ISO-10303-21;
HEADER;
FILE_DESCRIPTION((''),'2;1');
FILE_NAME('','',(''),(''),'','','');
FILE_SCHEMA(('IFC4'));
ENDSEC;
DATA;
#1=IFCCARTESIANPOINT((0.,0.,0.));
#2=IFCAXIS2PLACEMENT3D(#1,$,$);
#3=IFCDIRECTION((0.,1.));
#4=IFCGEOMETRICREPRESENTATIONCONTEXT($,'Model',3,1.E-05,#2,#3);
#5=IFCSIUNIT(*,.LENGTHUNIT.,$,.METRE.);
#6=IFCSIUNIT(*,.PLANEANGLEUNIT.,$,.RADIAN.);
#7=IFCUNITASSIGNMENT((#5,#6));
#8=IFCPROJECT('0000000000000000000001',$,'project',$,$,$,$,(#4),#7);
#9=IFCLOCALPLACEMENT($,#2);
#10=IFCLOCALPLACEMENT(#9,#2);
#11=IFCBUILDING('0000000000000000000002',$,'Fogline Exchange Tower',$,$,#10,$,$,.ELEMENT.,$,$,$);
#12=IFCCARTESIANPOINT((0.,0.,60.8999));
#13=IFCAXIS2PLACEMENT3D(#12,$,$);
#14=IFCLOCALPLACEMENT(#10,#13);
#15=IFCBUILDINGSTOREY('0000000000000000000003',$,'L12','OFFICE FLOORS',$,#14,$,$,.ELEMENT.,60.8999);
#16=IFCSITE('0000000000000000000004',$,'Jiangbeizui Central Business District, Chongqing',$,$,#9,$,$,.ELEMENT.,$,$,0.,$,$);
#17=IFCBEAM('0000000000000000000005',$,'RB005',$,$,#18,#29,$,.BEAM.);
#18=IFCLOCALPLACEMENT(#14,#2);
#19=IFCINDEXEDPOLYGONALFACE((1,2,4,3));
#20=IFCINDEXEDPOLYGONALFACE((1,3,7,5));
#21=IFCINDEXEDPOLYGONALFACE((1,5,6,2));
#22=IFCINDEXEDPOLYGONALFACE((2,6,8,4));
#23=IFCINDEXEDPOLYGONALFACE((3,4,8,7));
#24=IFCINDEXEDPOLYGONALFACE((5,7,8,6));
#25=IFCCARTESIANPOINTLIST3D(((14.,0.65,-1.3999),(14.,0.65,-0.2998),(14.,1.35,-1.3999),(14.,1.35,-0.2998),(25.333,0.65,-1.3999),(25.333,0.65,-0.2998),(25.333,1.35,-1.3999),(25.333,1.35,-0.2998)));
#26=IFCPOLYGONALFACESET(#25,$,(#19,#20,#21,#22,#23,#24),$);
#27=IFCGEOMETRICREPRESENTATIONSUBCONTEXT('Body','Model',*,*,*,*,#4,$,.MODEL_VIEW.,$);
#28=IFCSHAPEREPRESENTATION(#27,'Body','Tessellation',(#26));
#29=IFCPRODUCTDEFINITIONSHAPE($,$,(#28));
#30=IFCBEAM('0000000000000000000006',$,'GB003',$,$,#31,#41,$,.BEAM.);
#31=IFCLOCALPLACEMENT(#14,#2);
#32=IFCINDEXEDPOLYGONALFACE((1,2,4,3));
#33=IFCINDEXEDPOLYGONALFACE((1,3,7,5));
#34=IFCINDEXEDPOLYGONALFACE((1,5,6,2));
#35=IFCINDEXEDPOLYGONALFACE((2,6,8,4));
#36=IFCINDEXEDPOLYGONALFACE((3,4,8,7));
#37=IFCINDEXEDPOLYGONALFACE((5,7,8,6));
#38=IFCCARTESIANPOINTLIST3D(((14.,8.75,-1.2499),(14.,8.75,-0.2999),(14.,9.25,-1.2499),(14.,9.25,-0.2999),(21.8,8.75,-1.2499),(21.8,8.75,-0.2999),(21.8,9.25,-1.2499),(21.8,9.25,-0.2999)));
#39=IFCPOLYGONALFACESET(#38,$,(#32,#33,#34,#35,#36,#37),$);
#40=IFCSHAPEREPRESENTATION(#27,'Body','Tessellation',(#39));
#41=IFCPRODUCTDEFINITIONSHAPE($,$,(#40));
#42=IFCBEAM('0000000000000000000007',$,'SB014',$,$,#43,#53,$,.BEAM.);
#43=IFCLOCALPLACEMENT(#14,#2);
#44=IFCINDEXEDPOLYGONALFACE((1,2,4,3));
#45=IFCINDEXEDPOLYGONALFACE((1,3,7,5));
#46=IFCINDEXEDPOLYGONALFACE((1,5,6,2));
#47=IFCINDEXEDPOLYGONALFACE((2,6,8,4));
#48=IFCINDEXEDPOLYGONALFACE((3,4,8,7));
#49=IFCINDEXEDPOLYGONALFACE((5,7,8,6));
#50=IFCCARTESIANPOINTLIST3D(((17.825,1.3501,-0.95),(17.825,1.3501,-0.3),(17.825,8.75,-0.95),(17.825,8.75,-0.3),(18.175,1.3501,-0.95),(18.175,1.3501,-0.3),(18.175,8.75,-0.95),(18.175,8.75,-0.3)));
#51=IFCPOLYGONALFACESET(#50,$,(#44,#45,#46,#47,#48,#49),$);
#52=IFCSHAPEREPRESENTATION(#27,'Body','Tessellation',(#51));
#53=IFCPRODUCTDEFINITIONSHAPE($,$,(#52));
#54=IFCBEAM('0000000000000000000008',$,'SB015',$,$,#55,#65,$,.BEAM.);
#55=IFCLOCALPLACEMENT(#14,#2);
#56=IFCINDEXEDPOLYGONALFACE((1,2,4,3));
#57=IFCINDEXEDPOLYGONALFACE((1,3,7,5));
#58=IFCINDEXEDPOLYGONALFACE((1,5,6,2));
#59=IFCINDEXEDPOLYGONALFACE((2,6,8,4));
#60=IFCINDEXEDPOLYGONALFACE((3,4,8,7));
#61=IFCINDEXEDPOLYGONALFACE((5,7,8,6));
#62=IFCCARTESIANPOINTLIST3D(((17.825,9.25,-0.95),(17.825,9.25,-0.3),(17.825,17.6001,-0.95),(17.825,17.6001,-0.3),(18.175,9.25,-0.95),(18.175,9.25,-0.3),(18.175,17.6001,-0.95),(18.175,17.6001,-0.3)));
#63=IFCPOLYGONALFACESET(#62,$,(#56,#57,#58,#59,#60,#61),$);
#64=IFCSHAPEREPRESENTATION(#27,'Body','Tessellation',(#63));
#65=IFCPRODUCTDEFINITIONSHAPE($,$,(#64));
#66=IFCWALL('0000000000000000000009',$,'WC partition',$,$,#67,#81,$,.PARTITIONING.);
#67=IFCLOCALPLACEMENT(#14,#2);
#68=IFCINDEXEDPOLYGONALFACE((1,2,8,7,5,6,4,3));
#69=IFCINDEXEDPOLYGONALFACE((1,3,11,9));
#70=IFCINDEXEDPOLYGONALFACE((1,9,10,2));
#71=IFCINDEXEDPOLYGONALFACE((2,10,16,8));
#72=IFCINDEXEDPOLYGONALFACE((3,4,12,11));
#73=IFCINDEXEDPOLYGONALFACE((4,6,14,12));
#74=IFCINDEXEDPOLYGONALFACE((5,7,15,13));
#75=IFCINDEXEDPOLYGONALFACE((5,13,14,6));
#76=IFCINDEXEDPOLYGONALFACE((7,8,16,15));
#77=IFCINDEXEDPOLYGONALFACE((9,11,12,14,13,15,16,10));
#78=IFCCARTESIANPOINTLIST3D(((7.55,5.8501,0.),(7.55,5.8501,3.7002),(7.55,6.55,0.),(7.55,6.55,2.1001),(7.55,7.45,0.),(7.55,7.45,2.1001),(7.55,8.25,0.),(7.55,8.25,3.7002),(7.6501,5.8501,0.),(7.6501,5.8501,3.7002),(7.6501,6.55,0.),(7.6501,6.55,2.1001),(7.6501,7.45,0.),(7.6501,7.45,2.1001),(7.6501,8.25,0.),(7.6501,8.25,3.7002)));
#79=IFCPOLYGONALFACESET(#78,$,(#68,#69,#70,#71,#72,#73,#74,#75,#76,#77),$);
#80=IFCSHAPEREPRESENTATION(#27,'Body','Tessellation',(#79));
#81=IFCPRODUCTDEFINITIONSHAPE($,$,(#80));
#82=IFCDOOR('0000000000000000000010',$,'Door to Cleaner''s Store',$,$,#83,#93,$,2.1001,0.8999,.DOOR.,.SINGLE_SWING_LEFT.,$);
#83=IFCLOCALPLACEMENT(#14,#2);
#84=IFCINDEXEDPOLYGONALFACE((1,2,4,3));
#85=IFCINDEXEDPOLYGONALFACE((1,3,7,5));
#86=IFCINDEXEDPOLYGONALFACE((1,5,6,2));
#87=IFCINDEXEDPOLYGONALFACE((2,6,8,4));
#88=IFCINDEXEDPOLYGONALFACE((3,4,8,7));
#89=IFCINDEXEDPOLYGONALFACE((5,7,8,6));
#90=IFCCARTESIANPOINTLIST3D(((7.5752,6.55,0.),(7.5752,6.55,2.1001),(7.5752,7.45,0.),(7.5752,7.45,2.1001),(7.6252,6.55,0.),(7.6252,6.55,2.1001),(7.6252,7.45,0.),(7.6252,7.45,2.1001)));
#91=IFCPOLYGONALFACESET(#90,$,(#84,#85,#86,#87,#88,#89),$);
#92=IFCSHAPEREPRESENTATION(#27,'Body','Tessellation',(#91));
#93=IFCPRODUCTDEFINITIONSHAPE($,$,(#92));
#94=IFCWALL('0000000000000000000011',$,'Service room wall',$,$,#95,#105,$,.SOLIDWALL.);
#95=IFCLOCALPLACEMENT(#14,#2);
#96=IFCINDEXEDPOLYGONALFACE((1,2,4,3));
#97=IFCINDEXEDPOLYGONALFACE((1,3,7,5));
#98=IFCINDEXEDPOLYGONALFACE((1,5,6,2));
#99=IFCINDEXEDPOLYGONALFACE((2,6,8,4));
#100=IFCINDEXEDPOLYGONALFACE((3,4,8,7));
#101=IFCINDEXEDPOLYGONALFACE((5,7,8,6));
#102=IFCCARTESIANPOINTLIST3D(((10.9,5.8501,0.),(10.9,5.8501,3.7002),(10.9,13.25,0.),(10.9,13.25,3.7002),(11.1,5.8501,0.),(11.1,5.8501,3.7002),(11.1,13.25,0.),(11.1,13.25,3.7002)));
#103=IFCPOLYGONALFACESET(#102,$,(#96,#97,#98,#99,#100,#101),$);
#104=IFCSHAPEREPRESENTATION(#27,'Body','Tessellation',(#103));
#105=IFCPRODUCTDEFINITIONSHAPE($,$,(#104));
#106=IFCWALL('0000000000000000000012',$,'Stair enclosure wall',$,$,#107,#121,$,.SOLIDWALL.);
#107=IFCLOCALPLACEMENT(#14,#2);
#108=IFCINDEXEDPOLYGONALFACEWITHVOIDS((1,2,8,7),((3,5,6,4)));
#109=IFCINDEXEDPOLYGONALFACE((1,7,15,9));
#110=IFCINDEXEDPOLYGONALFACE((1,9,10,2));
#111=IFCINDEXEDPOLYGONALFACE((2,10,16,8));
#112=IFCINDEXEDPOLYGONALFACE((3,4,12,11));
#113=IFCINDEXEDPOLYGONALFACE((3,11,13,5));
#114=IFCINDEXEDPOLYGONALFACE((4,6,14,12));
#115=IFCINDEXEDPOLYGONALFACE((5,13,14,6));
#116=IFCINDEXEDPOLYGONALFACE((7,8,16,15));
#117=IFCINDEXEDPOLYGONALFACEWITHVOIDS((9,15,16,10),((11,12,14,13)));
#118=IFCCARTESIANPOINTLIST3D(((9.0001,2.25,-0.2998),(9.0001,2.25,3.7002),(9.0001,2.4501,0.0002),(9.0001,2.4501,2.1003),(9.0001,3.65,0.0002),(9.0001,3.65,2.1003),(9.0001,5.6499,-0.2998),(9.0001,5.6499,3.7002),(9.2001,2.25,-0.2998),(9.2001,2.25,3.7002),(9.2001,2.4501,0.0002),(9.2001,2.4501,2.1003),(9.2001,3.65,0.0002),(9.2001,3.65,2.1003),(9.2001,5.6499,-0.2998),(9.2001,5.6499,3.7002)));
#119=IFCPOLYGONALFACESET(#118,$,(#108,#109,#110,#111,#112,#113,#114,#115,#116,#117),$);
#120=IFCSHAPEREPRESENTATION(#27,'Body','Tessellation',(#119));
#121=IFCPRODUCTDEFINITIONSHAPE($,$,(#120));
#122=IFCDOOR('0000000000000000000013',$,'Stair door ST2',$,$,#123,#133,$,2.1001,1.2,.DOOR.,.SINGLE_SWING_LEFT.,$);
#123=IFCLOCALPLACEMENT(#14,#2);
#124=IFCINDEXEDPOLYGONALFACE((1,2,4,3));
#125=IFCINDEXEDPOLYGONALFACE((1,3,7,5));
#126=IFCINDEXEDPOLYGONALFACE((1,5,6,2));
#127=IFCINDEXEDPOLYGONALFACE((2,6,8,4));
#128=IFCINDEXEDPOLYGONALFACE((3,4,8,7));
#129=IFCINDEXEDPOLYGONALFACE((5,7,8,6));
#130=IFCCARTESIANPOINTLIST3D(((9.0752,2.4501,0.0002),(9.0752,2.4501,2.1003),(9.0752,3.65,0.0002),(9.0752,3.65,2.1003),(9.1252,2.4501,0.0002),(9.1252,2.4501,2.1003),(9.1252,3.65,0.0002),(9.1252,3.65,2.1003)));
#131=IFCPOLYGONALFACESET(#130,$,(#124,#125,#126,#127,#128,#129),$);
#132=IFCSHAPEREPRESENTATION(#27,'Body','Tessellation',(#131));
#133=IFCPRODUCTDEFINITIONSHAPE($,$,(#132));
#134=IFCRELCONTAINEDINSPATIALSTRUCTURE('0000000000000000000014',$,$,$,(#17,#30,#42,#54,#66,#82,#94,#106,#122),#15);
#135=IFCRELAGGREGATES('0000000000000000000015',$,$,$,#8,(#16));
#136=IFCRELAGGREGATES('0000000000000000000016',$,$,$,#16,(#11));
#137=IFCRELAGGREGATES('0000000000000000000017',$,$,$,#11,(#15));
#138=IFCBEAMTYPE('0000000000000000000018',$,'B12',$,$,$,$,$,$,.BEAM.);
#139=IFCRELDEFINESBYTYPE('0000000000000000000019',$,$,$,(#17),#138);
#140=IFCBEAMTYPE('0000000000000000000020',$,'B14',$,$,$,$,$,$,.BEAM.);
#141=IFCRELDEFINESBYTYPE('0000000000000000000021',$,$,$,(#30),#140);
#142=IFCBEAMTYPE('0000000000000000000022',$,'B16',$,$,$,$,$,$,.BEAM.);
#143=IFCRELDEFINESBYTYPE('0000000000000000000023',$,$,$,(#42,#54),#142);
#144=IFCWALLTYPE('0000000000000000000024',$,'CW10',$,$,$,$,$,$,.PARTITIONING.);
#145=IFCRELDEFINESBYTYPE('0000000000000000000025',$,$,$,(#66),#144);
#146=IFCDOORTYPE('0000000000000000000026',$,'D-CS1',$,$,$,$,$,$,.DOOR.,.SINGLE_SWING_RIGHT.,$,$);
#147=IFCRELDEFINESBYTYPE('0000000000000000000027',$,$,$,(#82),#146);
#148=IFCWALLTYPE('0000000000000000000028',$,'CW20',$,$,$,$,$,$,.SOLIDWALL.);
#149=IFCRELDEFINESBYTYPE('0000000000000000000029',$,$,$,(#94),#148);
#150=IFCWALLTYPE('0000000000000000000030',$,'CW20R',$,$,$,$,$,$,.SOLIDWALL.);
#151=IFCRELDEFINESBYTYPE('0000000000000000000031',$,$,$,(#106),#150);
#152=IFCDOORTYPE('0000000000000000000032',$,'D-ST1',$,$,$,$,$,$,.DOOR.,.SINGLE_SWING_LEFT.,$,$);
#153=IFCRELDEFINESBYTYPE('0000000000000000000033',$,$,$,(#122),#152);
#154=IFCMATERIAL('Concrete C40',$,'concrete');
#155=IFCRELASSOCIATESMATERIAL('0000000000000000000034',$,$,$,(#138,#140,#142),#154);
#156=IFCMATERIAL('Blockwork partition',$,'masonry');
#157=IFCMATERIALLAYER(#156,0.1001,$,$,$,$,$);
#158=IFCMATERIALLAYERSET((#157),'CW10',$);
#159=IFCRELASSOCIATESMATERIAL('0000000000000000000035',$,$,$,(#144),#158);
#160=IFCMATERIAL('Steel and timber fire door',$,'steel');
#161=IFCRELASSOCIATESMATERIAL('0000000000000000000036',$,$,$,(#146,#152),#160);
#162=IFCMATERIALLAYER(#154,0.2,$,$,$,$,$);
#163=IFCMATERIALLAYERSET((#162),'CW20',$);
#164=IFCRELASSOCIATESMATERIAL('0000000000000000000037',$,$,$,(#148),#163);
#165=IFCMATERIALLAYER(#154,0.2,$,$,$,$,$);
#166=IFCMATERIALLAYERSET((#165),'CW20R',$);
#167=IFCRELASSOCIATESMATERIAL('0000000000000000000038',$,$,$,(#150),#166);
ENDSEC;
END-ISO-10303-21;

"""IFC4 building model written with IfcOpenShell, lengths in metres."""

from ifc_helpers import new_model, si_unit, direction, frame, frame_2d, origin, origin_2d, place, context, subcontext, project, spatial, rectangle, extrude, material, layer, layer_set, material_profile, profile_set, type_object, element, fill, save


model = new_model("IFC4")

# Units and contexts
model_context = context("Model", 3, precision=1e-05, world=origin(), true_north=direction((0.0, 1.0)))
body_context = subcontext(model_context, "Body", "Model", "MODEL_VIEW")
ifc_project = project(units=[si_unit("LENGTHUNIT", "METRE"), si_unit("PLANEANGLEUNIT", "RADIAN")], contexts=[model_context])

# Site, building, storey
site_placement = place(None, origin())
site = spatial("IfcSite", under=ifc_project, at=site_placement, Name="Jiangbeizui Central Business District, Chongqing", CompositionType="ELEMENT", RefElevation=0.0)
building_placement = place(site_placement, origin())
building = spatial("IfcBuilding", under=site, at=building_placement, Name="Fogline Exchange Tower", CompositionType="ELEMENT")
storey_placement = place(building_placement, frame((0.0, 0.0, 60.8999)))
storey = spatial("IfcBuildingStorey", under=building, at=storey_placement, Name="L12", Description="OFFICE FLOORS", CompositionType="ELEMENT", Elevation=60.8999)

# Beams
ifc_material_1 = material(Name="Concrete C40", Category="concrete")
ifc_material_profile_1 = material_profile(ifc_material_1, rectangle(XDim=0.7, YDim=1.1001, at=origin_2d()), Name="RC 700x1100")
ifc_profile_set_1 = profile_set([ifc_material_profile_1], Name="Concrete C40")
beam_type_1 = type_object("IfcBeamType", Name="B12", PredefinedType="BEAM", material=ifc_profile_set_1)
beam_1_placement = place(storey_placement, frame((14.0, 1.0, -0.8499), z_axis=(1.0, 0.0, 0.0), x_axis=(0.0, 1.0, 0.0)))
element("IfcBeam", 1, at=beam_1_placement, inside=storey, type_object=beam_type_1, Name="RB005", PredefinedType="BEAM", context=body_context, shape_type="SweptSolid", body=[
    extrude(rectangle(XDim=0.7, YDim=1.1001, at=origin_2d()), origin(), (0.0, 0.0, 1.0), 11.333),
])
ifc_material_profile_2 = material_profile(ifc_material_1, rectangle(XDim=0.5, YDim=0.95, at=origin_2d()), Name="RC 500x950")
ifc_profile_set_2 = profile_set([ifc_material_profile_2], Name="Concrete C40")
beam_type_2 = type_object("IfcBeamType", Name="B14", PredefinedType="BEAM", material=ifc_profile_set_2)
beam_2_placement = place(storey_placement, frame((14.0, 9.0, -0.7749), z_axis=(1.0, 0.0, 0.0), x_axis=(0.0, 1.0, 0.0)))
element("IfcBeam", 2, at=beam_2_placement, inside=storey, type_object=beam_type_2, Name="GB003", PredefinedType="BEAM", context=body_context, shape_type="SweptSolid", body=[
    extrude(rectangle(XDim=0.5, YDim=0.95, at=origin_2d()), origin(), (0.0, 0.0, 1.0), 7.8),
])
ifc_material_profile_3 = material_profile(ifc_material_1, rectangle(XDim=0.3501, YDim=0.6499, at=origin_2d()), Name="RC 350x650")
ifc_profile_set_3 = profile_set([ifc_material_profile_3], Name="Concrete C40")
beam_type_3 = type_object("IfcBeamType", Name="B16", PredefinedType="BEAM", material=ifc_profile_set_3)
beam_3_placement = place(storey_placement, frame((18.0, 1.3501, -0.625), z_axis=(0.0, 1.0, 0.0), x_axis=(-1.0, 0.0, 0.0)))
element("IfcBeam", 3, at=beam_3_placement, inside=storey, type_object=beam_type_3, Name="SB014", PredefinedType="BEAM", context=body_context, shape_type="SweptSolid", body=[
    extrude(rectangle(XDim=0.3501, YDim=0.6499, at=origin_2d()), origin(), (0.0, 0.0, 1.0), 7.3999),
])
beam_4_placement = place(storey_placement, frame((18.0, 9.25, -0.625), z_axis=(0.0, 1.0, 0.0), x_axis=(-1.0, 0.0, 0.0)))
element("IfcBeam", 4, at=beam_4_placement, inside=storey, type_object=beam_type_3, Name="SB015", PredefinedType="BEAM", context=body_context, shape_type="SweptSolid", body=[
    extrude(rectangle(XDim=0.3501, YDim=0.6499, at=origin_2d()), origin(), (0.0, 0.0, 1.0), 8.3501),
])

# Wall, opening, door
ifc_material_2 = material(Name="Blockwork partition", Category="masonry")
ifc_layer_1 = layer(ifc_material_2, 0.1001)
ifc_layer_set_1 = layer_set([ifc_layer_1], Name="CW10")
wall_type_1 = type_object("IfcWallType", Name="CW10", PredefinedType="PARTITIONING", material=ifc_layer_set_1)
wall_1_placement = place(storey_placement, frame((7.6001, 5.8501, 0.0), z_axis=(0.0, 0.0, 1.0), x_axis=(0.0, 1.0, 0.0)))
wall_1 = element("IfcWall", 5, at=wall_1_placement, inside=storey, type_object=wall_type_1, Name="WC partition", PredefinedType="PARTITIONING", context=body_context, shape_type="SweptSolid", body=[
    extrude(rectangle(XDim=2.3999, YDim=0.1001, at=frame_2d((1.2, 0.0))), origin(), (0.0, 0.0, 1.0), 3.7002),
])
opening_1_placement = place(wall_1_placement, frame((0.7, 0.0, 0.0)))
opening_1 = element("IfcOpeningElement", 6, at=opening_1_placement, cuts=wall_1, PredefinedType="OPENING", context=body_context, shape_type="SweptSolid", body=[
    extrude(rectangle(XDim=0.8999, YDim=2.1001, at=frame_2d((0.45, 1.05))), frame((0.0, 0.0601, 0.0), z_axis=(0.0, -1.0, 0.0), x_axis=(1.0, 0.0, 0.0)), (0.0, 0.0, 1.0), 0.1201),
])
ifc_material_3 = material(Name="Steel and timber fire door", Category="steel")
door_type_1 = type_object("IfcDoorType", Name="D-CS1", OperationType="SINGLE_SWING_RIGHT", PredefinedType="DOOR", material=ifc_material_3)
door_1_placement = place(opening_1_placement, origin())
door_1 = element("IfcDoor", 7, at=door_1_placement, inside=storey, type_object=door_type_1, Name="Door to Cleaner's Store", OperationType="SINGLE_SWING_LEFT", OverallHeight=2.1001, OverallWidth=0.8999, PredefinedType="DOOR", context=body_context, shape_type="SweptSolid", body=[
    extrude(rectangle(XDim=0.8999, YDim=2.1001, at=frame_2d((0.45, 1.05))), frame((0.0, 0.0249, 0.0), z_axis=(0.0, -1.0, 0.0), x_axis=(1.0, 0.0, 0.0)), (0.0, 0.0, 1.0), 0.05),
])
fill(opening_1, door_1)

# Wall
ifc_layer_2 = layer(ifc_material_1, 0.2)
ifc_layer_set_2 = layer_set([ifc_layer_2], Name="CW20")
wall_type_2 = type_object("IfcWallType", Name="CW20", PredefinedType="SOLIDWALL", material=ifc_layer_set_2)
wall_2_placement = place(storey_placement, frame((11.0, 5.8501, 0.0), z_axis=(0.0, 0.0, 1.0), x_axis=(0.0, 1.0, 0.0)))
element("IfcWall", 8, at=wall_2_placement, inside=storey, type_object=wall_type_2, Name="Service room wall", PredefinedType="SOLIDWALL", context=body_context, shape_type="SweptSolid", body=[
    extrude(rectangle(XDim=7.3999, YDim=0.2, at=frame_2d((3.7, 0.0))), origin(), (0.0, 0.0, 1.0), 3.7002),
])

# Wall, opening, door
ifc_layer_3 = layer(ifc_material_1, 0.2)
ifc_layer_set_3 = layer_set([ifc_layer_3], Name="CW20R")
wall_type_3 = type_object("IfcWallType", Name="CW20R", PredefinedType="SOLIDWALL", material=ifc_layer_set_3)
wall_3_placement = place(storey_placement, frame((9.1001, 2.25, -0.2998), z_axis=(0.0, 0.0, 1.0), x_axis=(0.0, 1.0, 0.0)))
wall_3 = element("IfcWall", 9, at=wall_3_placement, inside=storey, type_object=wall_type_3, Name="Stair enclosure wall", PredefinedType="SOLIDWALL", context=body_context, shape_type="SweptSolid", body=[
    extrude(rectangle(XDim=3.3999, YDim=0.2, at=frame_2d((1.7, 0.0))), origin(), (0.0, 0.0, 1.0), 4.0),
])
opening_2_placement = place(wall_3_placement, frame((0.2, 0.0, 0.3)))
opening_2 = element("IfcOpeningElement", 10, at=opening_2_placement, cuts=wall_3, PredefinedType="OPENING", context=body_context, shape_type="SweptSolid", body=[
    extrude(rectangle(XDim=1.2, YDim=2.1001, at=frame_2d((0.6001, 1.05))), frame((0.0, 0.1099, 0.0), z_axis=(0.0, -1.0, 0.0), x_axis=(1.0, 0.0, 0.0)), (0.0, 0.0, 1.0), 0.22),
])
door_type_2 = type_object("IfcDoorType", Name="D-ST1", OperationType="SINGLE_SWING_LEFT", PredefinedType="DOOR", material=ifc_material_3)
door_2_placement = place(opening_2_placement, origin())
door_2 = element("IfcDoor", 11, at=door_2_placement, inside=storey, type_object=door_type_2, Name="Stair door ST2", OperationType="SINGLE_SWING_LEFT", OverallHeight=2.1001, OverallWidth=1.2, PredefinedType="DOOR", context=body_context, shape_type="SweptSolid", body=[
    extrude(rectangle(XDim=1.2, YDim=2.1001, at=frame_2d((0.6001, 1.05))), frame((0.0, 0.0249, 0.0), z_axis=(0.0, -1.0, 0.0), x_axis=(1.0, 0.0, 0.0)), (0.0, 0.0, 1.0), 0.05),
])
fill(opening_2, door_2)

save(model, "model.ifc")
